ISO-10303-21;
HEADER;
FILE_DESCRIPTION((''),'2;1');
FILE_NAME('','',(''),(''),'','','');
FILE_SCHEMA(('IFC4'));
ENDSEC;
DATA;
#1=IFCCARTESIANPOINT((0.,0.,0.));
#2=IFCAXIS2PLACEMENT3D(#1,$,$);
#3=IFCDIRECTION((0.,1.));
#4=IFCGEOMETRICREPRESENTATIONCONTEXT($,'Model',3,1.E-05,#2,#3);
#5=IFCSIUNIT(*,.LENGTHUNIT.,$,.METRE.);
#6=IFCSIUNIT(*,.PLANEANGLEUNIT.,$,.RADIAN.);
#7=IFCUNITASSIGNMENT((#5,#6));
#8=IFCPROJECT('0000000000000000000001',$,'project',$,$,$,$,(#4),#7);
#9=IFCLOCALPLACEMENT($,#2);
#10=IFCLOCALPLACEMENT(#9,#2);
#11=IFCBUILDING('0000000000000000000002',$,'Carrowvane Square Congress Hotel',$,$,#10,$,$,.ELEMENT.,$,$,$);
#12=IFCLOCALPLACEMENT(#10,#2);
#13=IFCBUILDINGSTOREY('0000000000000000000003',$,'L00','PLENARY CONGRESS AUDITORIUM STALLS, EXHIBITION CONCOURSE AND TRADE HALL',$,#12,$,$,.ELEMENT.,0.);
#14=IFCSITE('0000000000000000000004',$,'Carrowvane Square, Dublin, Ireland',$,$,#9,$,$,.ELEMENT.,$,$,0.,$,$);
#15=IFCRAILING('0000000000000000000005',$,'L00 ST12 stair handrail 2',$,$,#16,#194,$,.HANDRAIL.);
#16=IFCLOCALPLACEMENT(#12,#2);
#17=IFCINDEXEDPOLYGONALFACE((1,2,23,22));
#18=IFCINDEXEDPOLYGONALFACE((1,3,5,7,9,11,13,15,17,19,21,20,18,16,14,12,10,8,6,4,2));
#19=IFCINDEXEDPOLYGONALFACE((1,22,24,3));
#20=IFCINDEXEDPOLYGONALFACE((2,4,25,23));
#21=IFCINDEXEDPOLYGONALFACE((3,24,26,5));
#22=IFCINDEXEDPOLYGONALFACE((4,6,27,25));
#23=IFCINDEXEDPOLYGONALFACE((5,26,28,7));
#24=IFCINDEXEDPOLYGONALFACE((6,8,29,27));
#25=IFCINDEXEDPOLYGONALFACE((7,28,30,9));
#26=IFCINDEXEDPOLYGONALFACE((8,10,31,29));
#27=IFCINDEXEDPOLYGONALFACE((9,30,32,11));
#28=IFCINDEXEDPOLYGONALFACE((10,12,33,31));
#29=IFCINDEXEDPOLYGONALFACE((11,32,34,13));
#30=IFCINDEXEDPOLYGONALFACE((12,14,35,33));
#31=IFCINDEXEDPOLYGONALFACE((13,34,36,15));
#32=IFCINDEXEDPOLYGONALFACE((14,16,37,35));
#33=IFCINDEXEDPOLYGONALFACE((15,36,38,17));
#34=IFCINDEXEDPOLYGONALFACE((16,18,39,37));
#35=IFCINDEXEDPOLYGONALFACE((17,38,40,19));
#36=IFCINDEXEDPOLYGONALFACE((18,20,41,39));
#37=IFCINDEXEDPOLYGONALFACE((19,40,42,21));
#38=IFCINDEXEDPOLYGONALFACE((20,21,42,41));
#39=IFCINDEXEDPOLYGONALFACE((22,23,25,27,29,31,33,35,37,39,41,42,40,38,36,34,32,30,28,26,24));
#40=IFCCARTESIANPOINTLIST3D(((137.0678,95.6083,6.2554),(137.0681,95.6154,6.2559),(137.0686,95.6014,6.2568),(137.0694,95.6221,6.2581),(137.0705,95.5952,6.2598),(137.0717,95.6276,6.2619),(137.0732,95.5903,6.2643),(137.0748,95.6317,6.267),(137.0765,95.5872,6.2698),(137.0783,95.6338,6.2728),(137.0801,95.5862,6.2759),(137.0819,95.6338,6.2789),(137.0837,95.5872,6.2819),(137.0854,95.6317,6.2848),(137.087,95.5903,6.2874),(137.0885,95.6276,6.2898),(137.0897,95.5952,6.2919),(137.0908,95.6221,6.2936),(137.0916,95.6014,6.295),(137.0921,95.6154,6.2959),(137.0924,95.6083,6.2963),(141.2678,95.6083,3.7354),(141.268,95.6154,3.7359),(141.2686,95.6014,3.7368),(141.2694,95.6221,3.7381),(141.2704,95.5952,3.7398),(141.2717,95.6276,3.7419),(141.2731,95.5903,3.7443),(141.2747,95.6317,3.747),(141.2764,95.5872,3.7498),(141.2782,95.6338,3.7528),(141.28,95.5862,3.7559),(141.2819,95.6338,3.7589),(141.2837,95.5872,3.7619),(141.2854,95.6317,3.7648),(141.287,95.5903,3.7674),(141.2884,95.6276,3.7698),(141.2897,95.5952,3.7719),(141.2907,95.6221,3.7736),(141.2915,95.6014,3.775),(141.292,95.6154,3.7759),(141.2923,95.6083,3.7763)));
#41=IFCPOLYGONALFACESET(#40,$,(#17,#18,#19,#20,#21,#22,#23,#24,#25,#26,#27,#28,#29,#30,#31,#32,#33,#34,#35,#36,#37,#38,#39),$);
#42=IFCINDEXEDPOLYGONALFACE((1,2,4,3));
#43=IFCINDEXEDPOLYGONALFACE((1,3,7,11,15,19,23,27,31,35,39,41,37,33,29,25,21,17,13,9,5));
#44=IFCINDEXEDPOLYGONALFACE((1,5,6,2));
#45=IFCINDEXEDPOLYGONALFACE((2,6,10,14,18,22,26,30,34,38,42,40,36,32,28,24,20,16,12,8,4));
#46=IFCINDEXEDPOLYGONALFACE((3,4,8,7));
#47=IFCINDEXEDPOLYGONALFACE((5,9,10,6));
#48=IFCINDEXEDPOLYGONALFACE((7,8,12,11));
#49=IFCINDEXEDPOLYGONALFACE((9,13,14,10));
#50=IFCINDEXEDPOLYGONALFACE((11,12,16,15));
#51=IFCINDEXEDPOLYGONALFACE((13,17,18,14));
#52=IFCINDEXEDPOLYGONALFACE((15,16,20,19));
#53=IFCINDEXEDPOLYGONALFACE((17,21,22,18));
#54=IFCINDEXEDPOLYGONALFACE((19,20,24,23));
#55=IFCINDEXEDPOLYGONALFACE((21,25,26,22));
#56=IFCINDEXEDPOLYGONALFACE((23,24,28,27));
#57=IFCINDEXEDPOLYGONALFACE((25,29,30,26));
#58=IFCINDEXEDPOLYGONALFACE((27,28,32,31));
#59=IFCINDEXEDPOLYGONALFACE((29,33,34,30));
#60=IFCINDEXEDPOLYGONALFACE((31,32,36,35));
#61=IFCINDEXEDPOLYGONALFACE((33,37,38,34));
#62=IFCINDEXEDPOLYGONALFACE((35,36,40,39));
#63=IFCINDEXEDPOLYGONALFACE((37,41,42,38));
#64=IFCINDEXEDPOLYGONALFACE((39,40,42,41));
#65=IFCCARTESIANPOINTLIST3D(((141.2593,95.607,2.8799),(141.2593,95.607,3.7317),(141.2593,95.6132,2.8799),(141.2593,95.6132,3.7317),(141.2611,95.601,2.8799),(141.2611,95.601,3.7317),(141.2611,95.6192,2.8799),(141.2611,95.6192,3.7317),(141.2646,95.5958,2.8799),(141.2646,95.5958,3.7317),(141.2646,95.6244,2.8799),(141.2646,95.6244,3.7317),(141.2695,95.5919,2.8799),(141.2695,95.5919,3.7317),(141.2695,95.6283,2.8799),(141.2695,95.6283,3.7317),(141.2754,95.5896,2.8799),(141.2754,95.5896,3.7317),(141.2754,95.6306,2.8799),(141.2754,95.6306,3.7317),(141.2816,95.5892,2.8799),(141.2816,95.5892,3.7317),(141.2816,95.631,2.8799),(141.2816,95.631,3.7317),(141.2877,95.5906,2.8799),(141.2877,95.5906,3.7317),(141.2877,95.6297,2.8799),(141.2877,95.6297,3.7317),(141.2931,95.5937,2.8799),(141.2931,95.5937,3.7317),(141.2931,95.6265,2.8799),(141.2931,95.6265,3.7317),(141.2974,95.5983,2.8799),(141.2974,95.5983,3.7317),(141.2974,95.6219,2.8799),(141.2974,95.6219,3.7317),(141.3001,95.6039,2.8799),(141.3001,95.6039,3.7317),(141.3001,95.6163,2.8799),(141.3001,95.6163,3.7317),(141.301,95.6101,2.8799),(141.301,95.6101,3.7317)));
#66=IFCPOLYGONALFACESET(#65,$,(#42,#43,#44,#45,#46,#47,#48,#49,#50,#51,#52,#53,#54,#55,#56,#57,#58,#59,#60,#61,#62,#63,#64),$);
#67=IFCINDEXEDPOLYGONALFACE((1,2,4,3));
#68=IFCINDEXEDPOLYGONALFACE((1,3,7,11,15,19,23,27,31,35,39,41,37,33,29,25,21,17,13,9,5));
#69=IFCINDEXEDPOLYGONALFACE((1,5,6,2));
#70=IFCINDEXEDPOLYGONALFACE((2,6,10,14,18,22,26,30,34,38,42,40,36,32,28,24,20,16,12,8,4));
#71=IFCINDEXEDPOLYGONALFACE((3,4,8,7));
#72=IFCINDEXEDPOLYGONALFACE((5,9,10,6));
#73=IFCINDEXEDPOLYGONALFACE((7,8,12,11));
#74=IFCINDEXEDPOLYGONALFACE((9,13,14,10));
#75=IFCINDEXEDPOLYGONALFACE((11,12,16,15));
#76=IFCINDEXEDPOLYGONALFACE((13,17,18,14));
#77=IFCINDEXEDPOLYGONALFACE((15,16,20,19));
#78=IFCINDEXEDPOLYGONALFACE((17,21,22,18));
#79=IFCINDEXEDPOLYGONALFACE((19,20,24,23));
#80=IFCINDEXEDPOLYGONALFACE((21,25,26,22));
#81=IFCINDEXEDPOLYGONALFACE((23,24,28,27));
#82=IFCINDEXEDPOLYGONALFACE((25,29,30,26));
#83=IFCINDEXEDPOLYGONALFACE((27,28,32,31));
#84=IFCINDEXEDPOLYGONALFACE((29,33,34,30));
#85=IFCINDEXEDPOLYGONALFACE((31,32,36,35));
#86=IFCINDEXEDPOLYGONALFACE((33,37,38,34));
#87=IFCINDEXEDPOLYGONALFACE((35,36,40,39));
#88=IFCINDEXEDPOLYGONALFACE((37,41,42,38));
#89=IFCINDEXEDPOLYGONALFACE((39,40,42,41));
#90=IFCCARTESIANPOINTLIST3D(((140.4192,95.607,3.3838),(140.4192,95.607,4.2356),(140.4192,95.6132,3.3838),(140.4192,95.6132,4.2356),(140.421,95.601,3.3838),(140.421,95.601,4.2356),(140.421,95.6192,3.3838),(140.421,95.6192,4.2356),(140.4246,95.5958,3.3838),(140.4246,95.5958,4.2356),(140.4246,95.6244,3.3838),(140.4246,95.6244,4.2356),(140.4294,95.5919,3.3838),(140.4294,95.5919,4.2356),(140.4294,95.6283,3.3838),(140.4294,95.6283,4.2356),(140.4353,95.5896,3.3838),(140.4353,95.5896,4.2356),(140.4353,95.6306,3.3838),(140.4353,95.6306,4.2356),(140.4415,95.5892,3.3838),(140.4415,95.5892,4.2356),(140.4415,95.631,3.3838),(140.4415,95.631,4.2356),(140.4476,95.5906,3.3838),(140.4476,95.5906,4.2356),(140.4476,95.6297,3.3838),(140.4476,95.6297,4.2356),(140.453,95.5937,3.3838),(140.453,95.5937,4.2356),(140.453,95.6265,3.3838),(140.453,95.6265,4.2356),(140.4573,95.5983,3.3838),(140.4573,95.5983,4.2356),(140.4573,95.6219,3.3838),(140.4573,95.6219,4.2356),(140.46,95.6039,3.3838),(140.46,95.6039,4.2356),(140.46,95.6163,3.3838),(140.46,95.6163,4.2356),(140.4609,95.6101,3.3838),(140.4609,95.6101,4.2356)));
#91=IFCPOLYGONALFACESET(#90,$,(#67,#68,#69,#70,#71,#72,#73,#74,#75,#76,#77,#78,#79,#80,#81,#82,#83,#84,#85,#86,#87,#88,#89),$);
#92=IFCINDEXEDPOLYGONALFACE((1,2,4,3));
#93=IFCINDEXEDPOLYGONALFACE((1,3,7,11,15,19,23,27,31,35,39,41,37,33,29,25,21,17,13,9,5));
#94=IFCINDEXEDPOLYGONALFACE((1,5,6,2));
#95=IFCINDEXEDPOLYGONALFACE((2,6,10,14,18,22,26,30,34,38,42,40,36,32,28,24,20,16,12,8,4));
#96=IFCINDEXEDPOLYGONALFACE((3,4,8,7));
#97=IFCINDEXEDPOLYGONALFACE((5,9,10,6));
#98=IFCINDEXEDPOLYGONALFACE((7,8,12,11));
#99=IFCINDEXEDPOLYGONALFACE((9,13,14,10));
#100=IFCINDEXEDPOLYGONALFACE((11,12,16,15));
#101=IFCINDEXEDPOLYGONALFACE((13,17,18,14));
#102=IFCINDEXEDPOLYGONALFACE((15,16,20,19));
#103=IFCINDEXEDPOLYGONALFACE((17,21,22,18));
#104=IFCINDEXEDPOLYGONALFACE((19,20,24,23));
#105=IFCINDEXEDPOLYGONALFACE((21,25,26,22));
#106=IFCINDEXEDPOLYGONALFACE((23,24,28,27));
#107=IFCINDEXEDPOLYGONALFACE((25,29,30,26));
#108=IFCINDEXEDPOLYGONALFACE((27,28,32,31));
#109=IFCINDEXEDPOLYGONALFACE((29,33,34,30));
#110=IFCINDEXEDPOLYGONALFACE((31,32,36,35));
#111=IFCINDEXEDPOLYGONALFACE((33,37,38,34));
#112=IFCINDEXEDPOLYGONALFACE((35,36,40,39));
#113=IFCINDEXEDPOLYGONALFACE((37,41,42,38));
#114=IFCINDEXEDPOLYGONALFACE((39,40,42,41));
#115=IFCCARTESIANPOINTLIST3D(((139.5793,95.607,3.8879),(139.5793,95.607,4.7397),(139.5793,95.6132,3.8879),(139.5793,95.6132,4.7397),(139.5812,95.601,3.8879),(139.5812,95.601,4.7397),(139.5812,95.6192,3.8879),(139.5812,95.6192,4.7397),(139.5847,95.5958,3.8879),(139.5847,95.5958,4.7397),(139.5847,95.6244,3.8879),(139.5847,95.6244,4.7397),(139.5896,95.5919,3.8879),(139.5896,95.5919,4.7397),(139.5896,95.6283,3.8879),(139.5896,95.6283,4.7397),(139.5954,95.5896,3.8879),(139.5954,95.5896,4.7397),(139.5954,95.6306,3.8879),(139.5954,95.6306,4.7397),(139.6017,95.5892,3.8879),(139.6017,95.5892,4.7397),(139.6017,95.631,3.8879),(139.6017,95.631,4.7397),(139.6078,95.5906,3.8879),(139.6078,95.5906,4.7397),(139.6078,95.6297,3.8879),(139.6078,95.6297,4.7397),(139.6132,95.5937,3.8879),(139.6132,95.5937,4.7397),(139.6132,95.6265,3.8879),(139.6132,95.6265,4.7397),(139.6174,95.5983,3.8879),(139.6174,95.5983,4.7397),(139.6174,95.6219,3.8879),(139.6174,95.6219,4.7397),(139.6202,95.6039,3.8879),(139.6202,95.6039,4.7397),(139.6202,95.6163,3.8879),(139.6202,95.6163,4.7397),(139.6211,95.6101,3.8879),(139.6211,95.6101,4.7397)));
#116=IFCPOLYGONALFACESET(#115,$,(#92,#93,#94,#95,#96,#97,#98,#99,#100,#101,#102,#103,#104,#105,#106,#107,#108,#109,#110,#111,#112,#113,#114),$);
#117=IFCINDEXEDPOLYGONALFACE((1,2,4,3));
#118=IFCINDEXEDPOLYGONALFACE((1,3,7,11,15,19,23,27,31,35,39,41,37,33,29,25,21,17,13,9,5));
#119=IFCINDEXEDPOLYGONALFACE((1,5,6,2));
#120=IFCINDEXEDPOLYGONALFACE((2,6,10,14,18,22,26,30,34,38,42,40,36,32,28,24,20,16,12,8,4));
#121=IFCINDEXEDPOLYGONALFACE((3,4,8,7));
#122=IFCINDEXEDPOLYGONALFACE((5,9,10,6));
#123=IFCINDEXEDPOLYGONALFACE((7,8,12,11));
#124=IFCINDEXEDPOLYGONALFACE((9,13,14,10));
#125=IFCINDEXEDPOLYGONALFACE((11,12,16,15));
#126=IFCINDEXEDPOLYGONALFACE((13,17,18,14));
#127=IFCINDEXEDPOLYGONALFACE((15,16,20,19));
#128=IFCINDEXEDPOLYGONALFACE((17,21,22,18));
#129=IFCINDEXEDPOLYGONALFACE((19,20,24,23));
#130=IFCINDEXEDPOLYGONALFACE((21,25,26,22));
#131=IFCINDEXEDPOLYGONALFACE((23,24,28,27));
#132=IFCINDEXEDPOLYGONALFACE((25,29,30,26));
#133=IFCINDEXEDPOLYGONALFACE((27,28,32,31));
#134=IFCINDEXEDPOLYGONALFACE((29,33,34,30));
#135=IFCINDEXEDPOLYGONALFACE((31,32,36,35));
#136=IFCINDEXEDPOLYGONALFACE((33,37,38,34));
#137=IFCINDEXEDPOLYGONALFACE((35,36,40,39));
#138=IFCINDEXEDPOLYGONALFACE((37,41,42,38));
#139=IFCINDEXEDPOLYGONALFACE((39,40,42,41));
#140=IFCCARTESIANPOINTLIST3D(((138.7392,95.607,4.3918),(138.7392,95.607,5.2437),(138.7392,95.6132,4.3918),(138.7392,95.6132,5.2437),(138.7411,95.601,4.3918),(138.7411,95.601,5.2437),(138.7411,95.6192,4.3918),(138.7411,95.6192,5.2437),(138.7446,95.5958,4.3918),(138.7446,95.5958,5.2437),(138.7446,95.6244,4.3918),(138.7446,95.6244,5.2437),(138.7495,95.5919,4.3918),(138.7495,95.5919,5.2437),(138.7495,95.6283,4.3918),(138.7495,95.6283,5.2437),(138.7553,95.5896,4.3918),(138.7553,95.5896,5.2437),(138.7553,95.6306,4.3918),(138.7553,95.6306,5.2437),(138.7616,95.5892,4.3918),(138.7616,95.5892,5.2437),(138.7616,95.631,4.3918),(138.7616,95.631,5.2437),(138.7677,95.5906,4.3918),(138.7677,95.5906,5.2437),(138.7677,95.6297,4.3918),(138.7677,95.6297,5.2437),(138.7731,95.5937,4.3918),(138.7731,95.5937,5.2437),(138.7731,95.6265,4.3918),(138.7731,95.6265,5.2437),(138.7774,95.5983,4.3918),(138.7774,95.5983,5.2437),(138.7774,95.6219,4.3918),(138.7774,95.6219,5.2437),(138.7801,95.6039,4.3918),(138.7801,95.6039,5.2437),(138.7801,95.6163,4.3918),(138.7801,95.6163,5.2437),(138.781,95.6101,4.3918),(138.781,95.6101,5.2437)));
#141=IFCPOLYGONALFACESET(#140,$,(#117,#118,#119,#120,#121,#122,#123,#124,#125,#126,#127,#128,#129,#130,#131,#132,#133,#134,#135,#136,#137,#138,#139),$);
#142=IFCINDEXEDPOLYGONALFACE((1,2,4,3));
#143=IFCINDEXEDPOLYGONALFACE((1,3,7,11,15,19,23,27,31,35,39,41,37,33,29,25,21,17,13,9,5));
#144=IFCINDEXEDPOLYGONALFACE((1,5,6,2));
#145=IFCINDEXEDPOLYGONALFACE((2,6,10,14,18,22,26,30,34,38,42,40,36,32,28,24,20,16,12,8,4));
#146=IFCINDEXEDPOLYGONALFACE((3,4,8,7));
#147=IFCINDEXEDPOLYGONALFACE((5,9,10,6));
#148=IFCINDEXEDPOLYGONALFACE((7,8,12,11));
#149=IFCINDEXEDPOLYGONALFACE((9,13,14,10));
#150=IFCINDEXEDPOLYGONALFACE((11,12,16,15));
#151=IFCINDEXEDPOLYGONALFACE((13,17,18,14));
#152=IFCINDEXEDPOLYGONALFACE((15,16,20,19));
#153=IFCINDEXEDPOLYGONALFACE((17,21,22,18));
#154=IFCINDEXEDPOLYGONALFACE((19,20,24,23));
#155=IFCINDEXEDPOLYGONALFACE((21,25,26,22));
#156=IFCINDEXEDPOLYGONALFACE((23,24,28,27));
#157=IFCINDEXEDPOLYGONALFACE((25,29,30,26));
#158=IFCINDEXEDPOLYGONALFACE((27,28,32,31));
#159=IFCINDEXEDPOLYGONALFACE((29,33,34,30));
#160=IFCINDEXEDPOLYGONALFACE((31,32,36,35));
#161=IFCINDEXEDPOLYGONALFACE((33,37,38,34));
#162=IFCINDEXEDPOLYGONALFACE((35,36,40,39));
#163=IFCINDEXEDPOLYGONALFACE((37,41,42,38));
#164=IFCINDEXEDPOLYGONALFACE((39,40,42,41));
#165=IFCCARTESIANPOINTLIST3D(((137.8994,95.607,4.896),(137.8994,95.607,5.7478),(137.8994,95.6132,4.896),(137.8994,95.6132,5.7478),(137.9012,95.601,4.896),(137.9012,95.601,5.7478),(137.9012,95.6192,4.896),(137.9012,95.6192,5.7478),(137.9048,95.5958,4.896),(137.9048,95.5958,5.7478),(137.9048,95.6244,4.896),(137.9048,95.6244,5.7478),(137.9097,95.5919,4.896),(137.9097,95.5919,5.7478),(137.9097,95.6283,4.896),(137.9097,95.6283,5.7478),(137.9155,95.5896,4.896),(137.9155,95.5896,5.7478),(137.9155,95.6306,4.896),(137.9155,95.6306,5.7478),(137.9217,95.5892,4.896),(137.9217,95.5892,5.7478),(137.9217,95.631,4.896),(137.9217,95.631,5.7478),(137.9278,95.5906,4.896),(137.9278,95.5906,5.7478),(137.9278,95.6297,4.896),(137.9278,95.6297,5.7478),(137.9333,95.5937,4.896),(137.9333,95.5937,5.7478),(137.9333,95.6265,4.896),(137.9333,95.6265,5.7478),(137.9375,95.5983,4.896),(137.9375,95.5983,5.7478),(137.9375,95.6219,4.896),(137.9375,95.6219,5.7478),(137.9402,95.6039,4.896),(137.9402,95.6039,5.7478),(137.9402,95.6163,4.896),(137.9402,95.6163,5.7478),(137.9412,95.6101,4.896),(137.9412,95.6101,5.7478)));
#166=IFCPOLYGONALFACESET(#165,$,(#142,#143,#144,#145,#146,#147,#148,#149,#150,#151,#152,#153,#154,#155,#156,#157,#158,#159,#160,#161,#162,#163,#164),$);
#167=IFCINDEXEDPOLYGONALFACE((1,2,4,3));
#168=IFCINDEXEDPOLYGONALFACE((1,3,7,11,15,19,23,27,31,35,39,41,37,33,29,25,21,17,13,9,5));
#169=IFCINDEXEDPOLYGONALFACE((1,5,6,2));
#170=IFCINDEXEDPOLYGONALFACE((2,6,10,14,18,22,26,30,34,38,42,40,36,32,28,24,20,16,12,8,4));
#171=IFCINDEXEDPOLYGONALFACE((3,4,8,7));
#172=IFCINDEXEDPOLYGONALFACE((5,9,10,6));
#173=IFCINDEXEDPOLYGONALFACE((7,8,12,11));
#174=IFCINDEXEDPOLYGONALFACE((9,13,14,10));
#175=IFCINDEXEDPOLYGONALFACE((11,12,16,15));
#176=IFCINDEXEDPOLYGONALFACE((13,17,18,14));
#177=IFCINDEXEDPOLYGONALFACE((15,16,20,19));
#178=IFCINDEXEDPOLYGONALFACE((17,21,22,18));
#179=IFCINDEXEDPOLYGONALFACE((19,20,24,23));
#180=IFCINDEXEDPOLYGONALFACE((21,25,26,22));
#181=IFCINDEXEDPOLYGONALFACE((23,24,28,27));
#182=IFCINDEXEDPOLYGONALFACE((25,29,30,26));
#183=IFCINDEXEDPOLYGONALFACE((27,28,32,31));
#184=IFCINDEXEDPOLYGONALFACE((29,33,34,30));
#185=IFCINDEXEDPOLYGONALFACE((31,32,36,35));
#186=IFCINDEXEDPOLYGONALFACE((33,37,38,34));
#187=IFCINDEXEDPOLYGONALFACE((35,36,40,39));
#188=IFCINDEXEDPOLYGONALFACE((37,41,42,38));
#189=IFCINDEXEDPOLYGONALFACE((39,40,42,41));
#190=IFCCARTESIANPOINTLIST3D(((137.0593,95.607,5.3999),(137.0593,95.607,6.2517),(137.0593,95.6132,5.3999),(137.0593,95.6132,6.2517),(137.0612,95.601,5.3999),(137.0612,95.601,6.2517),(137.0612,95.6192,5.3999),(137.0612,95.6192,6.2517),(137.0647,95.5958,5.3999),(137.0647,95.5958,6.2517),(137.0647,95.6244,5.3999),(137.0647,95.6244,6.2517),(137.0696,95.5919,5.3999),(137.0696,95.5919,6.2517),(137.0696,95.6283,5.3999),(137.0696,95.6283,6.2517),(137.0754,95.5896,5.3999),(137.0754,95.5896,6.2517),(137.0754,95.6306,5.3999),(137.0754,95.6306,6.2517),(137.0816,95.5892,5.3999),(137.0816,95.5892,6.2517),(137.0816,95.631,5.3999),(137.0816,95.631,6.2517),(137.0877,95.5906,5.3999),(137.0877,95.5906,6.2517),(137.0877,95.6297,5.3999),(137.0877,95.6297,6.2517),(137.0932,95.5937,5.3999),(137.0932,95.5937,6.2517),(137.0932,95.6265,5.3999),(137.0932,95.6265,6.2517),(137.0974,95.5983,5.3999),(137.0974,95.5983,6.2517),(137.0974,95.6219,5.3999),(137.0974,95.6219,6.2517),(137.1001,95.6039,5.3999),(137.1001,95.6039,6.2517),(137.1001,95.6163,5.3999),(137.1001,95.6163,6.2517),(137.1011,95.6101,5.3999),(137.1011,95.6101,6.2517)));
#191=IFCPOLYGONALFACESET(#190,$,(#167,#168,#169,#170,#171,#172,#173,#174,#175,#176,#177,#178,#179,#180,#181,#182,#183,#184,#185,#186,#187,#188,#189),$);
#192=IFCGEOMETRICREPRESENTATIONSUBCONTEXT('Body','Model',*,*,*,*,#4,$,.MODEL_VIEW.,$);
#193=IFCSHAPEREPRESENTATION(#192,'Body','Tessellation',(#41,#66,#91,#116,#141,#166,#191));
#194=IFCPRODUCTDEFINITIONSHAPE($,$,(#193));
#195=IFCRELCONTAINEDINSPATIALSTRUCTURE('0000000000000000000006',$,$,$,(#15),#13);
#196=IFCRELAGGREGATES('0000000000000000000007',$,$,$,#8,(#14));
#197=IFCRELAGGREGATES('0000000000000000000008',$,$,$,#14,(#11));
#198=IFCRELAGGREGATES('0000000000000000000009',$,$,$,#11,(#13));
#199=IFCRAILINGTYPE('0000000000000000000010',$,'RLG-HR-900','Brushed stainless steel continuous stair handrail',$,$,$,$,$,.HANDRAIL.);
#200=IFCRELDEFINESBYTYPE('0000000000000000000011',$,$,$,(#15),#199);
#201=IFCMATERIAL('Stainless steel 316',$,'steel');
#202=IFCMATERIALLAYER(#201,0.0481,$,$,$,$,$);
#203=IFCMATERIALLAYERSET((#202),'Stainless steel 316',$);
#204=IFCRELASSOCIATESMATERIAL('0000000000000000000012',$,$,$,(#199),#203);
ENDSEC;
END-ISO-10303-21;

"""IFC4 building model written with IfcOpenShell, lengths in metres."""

from ifc_helpers import new_model, si_unit, direction, frame, origin, origin_2d, place, context, subcontext, project, spatial, circle, extrude, material, layer, layer_set, type_object, element, save


model = new_model("IFC4")

# Units and contexts
model_context = context("Model", 3, precision=1e-05, world=origin(), true_north=direction((0.0, 1.0)))
body_context = subcontext(model_context, "Body", "Model", "MODEL_VIEW")
ifc_project = project(units=[si_unit("LENGTHUNIT", "METRE"), si_unit("PLANEANGLEUNIT", "RADIAN")], contexts=[model_context])

# Site, building, storey
site_placement = place(None, origin())
site = spatial("IfcSite", under=ifc_project, at=site_placement, Name="Carrowvane Square, Dublin, Ireland", CompositionType="ELEMENT", RefElevation=0.0)
building_placement = place(site_placement, origin())
building = spatial("IfcBuilding", under=site, at=building_placement, Name="Carrowvane Square Congress Hotel", CompositionType="ELEMENT")
storey_placement = place(building_placement, origin())
storey = spatial("IfcBuildingStorey", under=building, at=storey_placement, Name="L00", Description="PLENARY CONGRESS AUDITORIUM STALLS, EXHIBITION CONCOURSE AND TRADE HALL", CompositionType="ELEMENT", Elevation=0.0)

# Railing
ifc_material_1 = material(Name="Stainless steel 316", Category="steel")
ifc_layer_1 = layer(ifc_material_1, 0.0481)
ifc_layer_set_1 = layer_set([ifc_layer_1], Name="Stainless steel 316")
railing_type_1 = type_object("IfcRailingType", Name="RLG-HR-900", Description="Brushed stainless steel continuous stair handrail", PredefinedType="HANDRAIL", material=ifc_layer_set_1)
railing_1_placement = place(storey_placement, frame((141.28, 95.6101, 2.8799)))
element("IfcRailing", 1, at=railing_1_placement, inside=storey, type_object=railing_type_1, Name="L00 ST12 stair handrail 2", PredefinedType="HANDRAIL", context=body_context, shape_type="SweptSolid", body=[
    extrude(circle(Radius=0.0239, at=origin_2d()), frame((0.0, 0.0, 0.876), z_axis=(-0.857489, 0.0, 0.514503), x_axis=(0.0, -1.0, 0.0)), (0.0, 0.0, 1.0), 4.8979),
    extrude(circle(Radius=0.021, at=origin_2d()), origin(), (0.0, 0.0, 1.0), 0.8518),
    extrude(circle(Radius=0.021, at=origin_2d()), frame((-0.8401, 0.0, 0.5039)), (0.0, 0.0, 1.0), 0.8518),
    extrude(circle(Radius=0.021, at=origin_2d()), frame((-1.6799, 0.0, 1.0081)), (0.0, 0.0, 1.0), 0.8518),
    extrude(circle(Radius=0.021, at=origin_2d()), frame((-2.52, 0.0, 1.512)), (0.0, 0.0, 1.0), 0.8518),
    extrude(circle(Radius=0.021, at=origin_2d()), frame((-3.3599, 0.0, 2.0161)), (0.0, 0.0, 1.0), 0.8518),
    extrude(circle(Radius=0.021, at=origin_2d()), frame((-4.2, 0.0, 2.52)), (0.0, 0.0, 1.0), 0.8518),
])

save(model, "model.ifc")
